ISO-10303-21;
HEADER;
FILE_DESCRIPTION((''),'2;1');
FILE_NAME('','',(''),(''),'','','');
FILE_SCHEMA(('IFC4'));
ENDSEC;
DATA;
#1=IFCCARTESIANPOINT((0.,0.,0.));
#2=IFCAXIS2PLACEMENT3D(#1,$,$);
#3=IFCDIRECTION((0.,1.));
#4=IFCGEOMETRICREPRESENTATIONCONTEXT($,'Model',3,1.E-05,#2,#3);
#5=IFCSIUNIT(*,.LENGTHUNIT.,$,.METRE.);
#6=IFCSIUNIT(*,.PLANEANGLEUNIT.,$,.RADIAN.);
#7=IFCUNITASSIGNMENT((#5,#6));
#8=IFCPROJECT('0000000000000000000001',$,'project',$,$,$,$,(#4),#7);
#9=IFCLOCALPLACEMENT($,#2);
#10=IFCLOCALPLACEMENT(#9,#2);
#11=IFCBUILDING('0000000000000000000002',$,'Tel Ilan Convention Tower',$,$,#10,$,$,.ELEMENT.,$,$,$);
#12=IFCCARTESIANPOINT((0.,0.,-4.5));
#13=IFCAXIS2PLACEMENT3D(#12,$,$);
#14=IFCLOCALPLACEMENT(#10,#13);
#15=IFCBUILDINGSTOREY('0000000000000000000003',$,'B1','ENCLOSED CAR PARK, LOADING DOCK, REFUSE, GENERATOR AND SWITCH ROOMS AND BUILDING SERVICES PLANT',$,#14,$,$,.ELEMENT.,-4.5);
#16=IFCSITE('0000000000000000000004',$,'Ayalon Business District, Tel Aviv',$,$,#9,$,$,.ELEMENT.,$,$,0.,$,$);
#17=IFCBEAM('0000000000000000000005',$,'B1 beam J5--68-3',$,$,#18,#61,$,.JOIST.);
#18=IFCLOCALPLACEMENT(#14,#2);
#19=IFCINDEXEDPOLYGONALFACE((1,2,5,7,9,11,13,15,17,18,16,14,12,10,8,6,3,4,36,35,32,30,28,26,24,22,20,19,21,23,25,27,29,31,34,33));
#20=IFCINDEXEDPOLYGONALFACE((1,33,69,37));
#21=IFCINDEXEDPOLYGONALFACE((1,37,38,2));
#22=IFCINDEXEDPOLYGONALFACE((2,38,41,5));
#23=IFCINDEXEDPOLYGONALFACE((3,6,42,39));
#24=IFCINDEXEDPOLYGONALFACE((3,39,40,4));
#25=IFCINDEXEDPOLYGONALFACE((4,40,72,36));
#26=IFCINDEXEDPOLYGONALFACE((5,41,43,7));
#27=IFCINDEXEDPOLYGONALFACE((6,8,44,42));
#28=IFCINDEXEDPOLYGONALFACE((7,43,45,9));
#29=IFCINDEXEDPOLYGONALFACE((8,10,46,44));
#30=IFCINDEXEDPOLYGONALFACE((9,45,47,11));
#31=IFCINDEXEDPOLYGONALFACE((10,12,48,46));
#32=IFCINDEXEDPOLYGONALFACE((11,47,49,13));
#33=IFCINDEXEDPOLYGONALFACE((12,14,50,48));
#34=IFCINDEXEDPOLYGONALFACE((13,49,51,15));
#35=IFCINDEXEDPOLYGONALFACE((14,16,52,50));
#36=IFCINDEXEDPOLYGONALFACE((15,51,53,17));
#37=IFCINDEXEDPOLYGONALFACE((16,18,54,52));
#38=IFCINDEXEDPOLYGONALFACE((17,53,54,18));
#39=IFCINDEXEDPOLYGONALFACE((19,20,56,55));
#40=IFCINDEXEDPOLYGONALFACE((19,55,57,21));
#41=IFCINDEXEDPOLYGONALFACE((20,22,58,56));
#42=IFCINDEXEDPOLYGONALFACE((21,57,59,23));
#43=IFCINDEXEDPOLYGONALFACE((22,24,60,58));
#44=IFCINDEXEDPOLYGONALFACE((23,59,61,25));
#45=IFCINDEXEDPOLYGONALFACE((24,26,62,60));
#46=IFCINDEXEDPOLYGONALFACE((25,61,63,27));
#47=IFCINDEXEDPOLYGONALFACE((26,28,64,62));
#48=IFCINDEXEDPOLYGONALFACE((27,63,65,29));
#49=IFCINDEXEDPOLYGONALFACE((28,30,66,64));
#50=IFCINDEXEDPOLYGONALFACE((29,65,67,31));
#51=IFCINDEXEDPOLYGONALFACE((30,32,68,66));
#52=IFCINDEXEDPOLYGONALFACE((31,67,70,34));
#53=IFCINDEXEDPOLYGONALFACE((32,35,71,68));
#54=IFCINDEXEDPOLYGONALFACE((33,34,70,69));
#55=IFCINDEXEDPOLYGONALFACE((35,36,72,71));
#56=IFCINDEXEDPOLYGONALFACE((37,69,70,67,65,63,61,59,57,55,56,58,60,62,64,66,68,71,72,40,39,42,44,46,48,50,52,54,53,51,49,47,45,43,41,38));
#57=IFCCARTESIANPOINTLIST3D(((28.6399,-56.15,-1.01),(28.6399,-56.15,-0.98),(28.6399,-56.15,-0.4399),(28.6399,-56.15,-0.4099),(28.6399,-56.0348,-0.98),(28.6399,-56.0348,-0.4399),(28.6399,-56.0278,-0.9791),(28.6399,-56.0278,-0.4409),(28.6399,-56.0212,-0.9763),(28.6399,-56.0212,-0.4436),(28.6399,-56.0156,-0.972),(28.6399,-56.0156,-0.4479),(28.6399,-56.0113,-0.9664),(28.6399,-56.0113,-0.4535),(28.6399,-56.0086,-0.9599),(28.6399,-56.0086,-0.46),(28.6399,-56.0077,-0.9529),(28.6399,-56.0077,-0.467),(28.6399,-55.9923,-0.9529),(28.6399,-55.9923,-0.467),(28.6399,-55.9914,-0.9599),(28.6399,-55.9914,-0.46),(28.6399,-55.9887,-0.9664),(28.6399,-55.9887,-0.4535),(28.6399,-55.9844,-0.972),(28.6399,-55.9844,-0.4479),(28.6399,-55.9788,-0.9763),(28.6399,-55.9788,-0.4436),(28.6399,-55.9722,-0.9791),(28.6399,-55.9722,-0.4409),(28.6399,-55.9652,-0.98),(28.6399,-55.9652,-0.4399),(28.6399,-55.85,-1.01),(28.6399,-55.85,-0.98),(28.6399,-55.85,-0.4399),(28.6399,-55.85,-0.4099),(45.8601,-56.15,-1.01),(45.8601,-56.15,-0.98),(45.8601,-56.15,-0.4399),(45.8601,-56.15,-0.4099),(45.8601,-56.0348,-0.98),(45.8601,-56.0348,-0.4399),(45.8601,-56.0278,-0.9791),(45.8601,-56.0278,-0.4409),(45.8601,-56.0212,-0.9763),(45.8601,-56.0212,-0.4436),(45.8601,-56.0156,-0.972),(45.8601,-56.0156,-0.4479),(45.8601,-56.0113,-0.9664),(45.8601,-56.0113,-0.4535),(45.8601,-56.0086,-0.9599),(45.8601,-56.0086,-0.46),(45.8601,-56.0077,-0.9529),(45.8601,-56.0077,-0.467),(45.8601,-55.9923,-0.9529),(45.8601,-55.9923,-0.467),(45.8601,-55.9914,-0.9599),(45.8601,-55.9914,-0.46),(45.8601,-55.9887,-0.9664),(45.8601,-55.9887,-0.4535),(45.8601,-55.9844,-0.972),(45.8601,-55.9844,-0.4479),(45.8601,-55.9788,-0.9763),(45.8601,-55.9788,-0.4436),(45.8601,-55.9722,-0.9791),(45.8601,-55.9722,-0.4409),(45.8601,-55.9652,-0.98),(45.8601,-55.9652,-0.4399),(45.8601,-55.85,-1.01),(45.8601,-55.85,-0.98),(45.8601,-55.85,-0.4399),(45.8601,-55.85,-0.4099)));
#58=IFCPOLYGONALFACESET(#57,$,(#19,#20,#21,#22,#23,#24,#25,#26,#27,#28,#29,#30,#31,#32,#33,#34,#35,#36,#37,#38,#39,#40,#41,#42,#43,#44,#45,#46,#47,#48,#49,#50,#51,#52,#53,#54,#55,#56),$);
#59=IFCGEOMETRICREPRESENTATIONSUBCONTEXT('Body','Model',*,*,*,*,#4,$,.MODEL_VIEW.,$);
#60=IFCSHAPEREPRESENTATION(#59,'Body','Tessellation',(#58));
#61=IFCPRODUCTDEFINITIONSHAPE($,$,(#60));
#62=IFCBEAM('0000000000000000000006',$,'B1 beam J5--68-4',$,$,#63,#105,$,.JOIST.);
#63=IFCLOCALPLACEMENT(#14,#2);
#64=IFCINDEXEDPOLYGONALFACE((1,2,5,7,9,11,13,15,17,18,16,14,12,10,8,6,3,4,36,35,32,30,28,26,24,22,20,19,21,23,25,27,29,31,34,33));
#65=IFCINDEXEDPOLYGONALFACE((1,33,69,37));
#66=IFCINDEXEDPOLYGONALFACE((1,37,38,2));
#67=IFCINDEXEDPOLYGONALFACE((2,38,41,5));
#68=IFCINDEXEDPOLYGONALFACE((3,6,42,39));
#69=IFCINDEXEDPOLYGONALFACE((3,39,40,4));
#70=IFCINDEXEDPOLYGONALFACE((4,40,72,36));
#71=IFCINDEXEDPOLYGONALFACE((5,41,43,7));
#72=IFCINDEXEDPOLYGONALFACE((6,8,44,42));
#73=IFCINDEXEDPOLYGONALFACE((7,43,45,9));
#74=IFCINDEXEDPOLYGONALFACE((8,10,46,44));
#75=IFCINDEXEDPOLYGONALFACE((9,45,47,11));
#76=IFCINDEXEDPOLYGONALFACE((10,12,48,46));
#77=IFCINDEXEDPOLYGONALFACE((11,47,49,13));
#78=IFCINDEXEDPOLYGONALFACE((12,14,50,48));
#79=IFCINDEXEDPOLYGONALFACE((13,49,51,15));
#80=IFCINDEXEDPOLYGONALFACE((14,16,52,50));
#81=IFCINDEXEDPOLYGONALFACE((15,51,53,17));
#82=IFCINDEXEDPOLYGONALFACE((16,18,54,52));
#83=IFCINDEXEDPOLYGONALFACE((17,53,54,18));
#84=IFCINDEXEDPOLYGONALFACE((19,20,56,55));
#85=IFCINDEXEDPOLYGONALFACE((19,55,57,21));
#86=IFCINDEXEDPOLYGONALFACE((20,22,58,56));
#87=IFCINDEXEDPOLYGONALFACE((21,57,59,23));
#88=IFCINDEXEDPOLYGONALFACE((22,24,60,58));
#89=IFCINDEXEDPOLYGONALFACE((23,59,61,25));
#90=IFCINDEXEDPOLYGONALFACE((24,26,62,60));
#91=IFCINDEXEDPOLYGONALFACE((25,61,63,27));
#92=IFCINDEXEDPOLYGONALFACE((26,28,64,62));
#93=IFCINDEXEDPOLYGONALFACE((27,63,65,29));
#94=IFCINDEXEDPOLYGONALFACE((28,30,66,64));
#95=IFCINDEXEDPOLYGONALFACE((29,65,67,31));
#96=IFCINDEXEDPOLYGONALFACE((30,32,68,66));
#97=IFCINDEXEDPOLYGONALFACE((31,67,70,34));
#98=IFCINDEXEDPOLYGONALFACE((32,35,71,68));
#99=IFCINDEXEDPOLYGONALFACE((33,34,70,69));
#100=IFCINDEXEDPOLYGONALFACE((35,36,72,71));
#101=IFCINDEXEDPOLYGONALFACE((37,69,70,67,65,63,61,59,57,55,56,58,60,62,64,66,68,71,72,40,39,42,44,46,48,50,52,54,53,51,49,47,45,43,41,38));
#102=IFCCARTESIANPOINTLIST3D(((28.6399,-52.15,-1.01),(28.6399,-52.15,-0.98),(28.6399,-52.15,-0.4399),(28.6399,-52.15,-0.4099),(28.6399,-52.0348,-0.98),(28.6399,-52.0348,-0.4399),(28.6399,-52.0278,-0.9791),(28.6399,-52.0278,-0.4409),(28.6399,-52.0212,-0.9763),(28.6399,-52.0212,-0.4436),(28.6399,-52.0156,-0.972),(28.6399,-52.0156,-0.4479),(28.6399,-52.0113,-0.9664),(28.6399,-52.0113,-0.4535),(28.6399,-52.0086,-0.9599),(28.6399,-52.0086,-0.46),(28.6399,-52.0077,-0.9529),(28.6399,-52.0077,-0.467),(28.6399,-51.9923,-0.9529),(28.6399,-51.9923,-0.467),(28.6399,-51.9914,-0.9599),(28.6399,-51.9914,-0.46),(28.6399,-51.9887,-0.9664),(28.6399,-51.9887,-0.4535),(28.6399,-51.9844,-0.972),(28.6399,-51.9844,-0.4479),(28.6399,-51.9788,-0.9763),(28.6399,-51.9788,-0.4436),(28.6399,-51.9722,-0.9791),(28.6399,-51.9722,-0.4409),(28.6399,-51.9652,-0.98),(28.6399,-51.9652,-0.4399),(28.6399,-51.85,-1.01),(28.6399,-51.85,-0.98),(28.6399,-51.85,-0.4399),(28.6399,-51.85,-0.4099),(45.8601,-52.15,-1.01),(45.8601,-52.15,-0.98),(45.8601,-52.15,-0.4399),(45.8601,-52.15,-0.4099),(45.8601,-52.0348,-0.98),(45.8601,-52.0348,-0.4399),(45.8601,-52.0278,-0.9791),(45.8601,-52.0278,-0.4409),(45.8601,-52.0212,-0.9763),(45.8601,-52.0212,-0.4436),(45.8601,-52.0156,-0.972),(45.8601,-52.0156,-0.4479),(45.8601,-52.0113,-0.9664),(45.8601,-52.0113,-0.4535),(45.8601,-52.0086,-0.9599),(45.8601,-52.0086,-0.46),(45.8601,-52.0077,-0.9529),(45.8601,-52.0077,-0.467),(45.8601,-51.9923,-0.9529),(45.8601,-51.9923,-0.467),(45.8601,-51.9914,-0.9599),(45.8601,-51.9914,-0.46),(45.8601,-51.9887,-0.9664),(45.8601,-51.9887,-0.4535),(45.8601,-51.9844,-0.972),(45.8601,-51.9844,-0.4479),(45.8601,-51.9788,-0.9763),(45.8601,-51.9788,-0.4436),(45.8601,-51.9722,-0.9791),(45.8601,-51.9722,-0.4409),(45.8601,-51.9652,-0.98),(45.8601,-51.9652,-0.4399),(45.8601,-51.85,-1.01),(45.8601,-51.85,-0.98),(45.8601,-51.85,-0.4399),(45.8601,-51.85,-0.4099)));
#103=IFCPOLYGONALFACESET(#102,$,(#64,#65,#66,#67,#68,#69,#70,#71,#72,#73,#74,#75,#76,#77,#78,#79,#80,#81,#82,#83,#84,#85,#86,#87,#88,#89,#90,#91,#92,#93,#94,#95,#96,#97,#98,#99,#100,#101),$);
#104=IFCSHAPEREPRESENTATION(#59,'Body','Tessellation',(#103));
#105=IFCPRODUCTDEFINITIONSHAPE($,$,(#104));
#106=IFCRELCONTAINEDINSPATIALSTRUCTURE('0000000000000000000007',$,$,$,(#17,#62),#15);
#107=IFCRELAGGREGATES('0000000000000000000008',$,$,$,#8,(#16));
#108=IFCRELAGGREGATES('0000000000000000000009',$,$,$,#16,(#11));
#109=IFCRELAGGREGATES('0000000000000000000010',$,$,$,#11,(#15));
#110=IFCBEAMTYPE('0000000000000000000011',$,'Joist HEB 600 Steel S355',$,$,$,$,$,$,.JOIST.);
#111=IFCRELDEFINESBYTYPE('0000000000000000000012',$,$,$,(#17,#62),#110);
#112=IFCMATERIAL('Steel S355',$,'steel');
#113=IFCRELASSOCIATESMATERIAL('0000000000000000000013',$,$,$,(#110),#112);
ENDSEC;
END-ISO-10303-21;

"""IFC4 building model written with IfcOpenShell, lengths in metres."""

from ifc_helpers import new_model, si_unit, direction, frame, origin, origin_2d, place, context, subcontext, project, spatial, i_section, extrude, material, material_profile, profile_set, type_object, element, save


model = new_model("IFC4")

# Units and contexts
model_context = context("Model", 3, precision=1e-05, world=origin(), true_north=direction((0.0, 1.0)))
body_context = subcontext(model_context, "Body", "Model", "MODEL_VIEW")
ifc_project = project(units=[si_unit("LENGTHUNIT", "METRE"), si_unit("PLANEANGLEUNIT", "RADIAN")], contexts=[model_context])

# Site, building, storey
site_placement = place(None, origin())
site = spatial("IfcSite", under=ifc_project, at=site_placement, Name="Ayalon Business District, Tel Aviv", CompositionType="ELEMENT", RefElevation=0.0)
building_placement = place(site_placement, origin())
building = spatial("IfcBuilding", under=site, at=building_placement, Name="Tel Ilan Convention Tower", CompositionType="ELEMENT")
storey_placement = place(building_placement, frame((0.0, 0.0, -4.5)))
storey = spatial("IfcBuildingStorey", under=building, at=storey_placement, Name="B1", Description="ENCLOSED CAR PARK, LOADING DOCK, REFUSE, GENERATOR AND SWITCH ROOMS AND BUILDING SERVICES PLANT", CompositionType="ELEMENT", Elevation=-4.5)

# Beams
ifc_material_1 = material(Name="Steel S355", Category="steel")
ifc_material_profile_1 = material_profile(ifc_material_1, i_section(OverallWidth=0.3, OverallDepth=0.6001, WebThickness=0.0154, FlangeThickness=0.03, FilletRadius=0.0271, at=origin_2d()), Name="HEB 600")
ifc_profile_set_1 = profile_set([ifc_material_profile_1], Name="Steel S355")
beam_type_1 = type_object("IfcBeamType", Name="Joist HEB 600 Steel S355", PredefinedType="JOIST", material=ifc_profile_set_1)
for number, where, z_axis, x_axis, name in (
    (1, (28.6399, -56.0, -0.71), (1.0, 0.0, 0.0), (0.0, 1.0, 0.0), "B1 beam J5--68-3"),
    (2, (28.6399, -52.0, -0.71), (1.0, 0.0, 0.0), (0.0, 1.0, 0.0), "B1 beam J5--68-4"),
):
    element("IfcBeam", number, at=place(storey_placement, frame(where, z_axis=z_axis, x_axis=x_axis)), inside=storey, type_object=beam_type_1, Name=name, PredefinedType="JOIST", context=body_context, shape_type="SweptSolid", body=[
        extrude(i_section(OverallWidth=0.3, OverallDepth=0.6001, WebThickness=0.0154, FlangeThickness=0.03, FilletRadius=0.0271, at=origin_2d()), origin(), (0.0, 0.0, 1.0), 17.2202),
    ])

save(model, "model.ifc")
